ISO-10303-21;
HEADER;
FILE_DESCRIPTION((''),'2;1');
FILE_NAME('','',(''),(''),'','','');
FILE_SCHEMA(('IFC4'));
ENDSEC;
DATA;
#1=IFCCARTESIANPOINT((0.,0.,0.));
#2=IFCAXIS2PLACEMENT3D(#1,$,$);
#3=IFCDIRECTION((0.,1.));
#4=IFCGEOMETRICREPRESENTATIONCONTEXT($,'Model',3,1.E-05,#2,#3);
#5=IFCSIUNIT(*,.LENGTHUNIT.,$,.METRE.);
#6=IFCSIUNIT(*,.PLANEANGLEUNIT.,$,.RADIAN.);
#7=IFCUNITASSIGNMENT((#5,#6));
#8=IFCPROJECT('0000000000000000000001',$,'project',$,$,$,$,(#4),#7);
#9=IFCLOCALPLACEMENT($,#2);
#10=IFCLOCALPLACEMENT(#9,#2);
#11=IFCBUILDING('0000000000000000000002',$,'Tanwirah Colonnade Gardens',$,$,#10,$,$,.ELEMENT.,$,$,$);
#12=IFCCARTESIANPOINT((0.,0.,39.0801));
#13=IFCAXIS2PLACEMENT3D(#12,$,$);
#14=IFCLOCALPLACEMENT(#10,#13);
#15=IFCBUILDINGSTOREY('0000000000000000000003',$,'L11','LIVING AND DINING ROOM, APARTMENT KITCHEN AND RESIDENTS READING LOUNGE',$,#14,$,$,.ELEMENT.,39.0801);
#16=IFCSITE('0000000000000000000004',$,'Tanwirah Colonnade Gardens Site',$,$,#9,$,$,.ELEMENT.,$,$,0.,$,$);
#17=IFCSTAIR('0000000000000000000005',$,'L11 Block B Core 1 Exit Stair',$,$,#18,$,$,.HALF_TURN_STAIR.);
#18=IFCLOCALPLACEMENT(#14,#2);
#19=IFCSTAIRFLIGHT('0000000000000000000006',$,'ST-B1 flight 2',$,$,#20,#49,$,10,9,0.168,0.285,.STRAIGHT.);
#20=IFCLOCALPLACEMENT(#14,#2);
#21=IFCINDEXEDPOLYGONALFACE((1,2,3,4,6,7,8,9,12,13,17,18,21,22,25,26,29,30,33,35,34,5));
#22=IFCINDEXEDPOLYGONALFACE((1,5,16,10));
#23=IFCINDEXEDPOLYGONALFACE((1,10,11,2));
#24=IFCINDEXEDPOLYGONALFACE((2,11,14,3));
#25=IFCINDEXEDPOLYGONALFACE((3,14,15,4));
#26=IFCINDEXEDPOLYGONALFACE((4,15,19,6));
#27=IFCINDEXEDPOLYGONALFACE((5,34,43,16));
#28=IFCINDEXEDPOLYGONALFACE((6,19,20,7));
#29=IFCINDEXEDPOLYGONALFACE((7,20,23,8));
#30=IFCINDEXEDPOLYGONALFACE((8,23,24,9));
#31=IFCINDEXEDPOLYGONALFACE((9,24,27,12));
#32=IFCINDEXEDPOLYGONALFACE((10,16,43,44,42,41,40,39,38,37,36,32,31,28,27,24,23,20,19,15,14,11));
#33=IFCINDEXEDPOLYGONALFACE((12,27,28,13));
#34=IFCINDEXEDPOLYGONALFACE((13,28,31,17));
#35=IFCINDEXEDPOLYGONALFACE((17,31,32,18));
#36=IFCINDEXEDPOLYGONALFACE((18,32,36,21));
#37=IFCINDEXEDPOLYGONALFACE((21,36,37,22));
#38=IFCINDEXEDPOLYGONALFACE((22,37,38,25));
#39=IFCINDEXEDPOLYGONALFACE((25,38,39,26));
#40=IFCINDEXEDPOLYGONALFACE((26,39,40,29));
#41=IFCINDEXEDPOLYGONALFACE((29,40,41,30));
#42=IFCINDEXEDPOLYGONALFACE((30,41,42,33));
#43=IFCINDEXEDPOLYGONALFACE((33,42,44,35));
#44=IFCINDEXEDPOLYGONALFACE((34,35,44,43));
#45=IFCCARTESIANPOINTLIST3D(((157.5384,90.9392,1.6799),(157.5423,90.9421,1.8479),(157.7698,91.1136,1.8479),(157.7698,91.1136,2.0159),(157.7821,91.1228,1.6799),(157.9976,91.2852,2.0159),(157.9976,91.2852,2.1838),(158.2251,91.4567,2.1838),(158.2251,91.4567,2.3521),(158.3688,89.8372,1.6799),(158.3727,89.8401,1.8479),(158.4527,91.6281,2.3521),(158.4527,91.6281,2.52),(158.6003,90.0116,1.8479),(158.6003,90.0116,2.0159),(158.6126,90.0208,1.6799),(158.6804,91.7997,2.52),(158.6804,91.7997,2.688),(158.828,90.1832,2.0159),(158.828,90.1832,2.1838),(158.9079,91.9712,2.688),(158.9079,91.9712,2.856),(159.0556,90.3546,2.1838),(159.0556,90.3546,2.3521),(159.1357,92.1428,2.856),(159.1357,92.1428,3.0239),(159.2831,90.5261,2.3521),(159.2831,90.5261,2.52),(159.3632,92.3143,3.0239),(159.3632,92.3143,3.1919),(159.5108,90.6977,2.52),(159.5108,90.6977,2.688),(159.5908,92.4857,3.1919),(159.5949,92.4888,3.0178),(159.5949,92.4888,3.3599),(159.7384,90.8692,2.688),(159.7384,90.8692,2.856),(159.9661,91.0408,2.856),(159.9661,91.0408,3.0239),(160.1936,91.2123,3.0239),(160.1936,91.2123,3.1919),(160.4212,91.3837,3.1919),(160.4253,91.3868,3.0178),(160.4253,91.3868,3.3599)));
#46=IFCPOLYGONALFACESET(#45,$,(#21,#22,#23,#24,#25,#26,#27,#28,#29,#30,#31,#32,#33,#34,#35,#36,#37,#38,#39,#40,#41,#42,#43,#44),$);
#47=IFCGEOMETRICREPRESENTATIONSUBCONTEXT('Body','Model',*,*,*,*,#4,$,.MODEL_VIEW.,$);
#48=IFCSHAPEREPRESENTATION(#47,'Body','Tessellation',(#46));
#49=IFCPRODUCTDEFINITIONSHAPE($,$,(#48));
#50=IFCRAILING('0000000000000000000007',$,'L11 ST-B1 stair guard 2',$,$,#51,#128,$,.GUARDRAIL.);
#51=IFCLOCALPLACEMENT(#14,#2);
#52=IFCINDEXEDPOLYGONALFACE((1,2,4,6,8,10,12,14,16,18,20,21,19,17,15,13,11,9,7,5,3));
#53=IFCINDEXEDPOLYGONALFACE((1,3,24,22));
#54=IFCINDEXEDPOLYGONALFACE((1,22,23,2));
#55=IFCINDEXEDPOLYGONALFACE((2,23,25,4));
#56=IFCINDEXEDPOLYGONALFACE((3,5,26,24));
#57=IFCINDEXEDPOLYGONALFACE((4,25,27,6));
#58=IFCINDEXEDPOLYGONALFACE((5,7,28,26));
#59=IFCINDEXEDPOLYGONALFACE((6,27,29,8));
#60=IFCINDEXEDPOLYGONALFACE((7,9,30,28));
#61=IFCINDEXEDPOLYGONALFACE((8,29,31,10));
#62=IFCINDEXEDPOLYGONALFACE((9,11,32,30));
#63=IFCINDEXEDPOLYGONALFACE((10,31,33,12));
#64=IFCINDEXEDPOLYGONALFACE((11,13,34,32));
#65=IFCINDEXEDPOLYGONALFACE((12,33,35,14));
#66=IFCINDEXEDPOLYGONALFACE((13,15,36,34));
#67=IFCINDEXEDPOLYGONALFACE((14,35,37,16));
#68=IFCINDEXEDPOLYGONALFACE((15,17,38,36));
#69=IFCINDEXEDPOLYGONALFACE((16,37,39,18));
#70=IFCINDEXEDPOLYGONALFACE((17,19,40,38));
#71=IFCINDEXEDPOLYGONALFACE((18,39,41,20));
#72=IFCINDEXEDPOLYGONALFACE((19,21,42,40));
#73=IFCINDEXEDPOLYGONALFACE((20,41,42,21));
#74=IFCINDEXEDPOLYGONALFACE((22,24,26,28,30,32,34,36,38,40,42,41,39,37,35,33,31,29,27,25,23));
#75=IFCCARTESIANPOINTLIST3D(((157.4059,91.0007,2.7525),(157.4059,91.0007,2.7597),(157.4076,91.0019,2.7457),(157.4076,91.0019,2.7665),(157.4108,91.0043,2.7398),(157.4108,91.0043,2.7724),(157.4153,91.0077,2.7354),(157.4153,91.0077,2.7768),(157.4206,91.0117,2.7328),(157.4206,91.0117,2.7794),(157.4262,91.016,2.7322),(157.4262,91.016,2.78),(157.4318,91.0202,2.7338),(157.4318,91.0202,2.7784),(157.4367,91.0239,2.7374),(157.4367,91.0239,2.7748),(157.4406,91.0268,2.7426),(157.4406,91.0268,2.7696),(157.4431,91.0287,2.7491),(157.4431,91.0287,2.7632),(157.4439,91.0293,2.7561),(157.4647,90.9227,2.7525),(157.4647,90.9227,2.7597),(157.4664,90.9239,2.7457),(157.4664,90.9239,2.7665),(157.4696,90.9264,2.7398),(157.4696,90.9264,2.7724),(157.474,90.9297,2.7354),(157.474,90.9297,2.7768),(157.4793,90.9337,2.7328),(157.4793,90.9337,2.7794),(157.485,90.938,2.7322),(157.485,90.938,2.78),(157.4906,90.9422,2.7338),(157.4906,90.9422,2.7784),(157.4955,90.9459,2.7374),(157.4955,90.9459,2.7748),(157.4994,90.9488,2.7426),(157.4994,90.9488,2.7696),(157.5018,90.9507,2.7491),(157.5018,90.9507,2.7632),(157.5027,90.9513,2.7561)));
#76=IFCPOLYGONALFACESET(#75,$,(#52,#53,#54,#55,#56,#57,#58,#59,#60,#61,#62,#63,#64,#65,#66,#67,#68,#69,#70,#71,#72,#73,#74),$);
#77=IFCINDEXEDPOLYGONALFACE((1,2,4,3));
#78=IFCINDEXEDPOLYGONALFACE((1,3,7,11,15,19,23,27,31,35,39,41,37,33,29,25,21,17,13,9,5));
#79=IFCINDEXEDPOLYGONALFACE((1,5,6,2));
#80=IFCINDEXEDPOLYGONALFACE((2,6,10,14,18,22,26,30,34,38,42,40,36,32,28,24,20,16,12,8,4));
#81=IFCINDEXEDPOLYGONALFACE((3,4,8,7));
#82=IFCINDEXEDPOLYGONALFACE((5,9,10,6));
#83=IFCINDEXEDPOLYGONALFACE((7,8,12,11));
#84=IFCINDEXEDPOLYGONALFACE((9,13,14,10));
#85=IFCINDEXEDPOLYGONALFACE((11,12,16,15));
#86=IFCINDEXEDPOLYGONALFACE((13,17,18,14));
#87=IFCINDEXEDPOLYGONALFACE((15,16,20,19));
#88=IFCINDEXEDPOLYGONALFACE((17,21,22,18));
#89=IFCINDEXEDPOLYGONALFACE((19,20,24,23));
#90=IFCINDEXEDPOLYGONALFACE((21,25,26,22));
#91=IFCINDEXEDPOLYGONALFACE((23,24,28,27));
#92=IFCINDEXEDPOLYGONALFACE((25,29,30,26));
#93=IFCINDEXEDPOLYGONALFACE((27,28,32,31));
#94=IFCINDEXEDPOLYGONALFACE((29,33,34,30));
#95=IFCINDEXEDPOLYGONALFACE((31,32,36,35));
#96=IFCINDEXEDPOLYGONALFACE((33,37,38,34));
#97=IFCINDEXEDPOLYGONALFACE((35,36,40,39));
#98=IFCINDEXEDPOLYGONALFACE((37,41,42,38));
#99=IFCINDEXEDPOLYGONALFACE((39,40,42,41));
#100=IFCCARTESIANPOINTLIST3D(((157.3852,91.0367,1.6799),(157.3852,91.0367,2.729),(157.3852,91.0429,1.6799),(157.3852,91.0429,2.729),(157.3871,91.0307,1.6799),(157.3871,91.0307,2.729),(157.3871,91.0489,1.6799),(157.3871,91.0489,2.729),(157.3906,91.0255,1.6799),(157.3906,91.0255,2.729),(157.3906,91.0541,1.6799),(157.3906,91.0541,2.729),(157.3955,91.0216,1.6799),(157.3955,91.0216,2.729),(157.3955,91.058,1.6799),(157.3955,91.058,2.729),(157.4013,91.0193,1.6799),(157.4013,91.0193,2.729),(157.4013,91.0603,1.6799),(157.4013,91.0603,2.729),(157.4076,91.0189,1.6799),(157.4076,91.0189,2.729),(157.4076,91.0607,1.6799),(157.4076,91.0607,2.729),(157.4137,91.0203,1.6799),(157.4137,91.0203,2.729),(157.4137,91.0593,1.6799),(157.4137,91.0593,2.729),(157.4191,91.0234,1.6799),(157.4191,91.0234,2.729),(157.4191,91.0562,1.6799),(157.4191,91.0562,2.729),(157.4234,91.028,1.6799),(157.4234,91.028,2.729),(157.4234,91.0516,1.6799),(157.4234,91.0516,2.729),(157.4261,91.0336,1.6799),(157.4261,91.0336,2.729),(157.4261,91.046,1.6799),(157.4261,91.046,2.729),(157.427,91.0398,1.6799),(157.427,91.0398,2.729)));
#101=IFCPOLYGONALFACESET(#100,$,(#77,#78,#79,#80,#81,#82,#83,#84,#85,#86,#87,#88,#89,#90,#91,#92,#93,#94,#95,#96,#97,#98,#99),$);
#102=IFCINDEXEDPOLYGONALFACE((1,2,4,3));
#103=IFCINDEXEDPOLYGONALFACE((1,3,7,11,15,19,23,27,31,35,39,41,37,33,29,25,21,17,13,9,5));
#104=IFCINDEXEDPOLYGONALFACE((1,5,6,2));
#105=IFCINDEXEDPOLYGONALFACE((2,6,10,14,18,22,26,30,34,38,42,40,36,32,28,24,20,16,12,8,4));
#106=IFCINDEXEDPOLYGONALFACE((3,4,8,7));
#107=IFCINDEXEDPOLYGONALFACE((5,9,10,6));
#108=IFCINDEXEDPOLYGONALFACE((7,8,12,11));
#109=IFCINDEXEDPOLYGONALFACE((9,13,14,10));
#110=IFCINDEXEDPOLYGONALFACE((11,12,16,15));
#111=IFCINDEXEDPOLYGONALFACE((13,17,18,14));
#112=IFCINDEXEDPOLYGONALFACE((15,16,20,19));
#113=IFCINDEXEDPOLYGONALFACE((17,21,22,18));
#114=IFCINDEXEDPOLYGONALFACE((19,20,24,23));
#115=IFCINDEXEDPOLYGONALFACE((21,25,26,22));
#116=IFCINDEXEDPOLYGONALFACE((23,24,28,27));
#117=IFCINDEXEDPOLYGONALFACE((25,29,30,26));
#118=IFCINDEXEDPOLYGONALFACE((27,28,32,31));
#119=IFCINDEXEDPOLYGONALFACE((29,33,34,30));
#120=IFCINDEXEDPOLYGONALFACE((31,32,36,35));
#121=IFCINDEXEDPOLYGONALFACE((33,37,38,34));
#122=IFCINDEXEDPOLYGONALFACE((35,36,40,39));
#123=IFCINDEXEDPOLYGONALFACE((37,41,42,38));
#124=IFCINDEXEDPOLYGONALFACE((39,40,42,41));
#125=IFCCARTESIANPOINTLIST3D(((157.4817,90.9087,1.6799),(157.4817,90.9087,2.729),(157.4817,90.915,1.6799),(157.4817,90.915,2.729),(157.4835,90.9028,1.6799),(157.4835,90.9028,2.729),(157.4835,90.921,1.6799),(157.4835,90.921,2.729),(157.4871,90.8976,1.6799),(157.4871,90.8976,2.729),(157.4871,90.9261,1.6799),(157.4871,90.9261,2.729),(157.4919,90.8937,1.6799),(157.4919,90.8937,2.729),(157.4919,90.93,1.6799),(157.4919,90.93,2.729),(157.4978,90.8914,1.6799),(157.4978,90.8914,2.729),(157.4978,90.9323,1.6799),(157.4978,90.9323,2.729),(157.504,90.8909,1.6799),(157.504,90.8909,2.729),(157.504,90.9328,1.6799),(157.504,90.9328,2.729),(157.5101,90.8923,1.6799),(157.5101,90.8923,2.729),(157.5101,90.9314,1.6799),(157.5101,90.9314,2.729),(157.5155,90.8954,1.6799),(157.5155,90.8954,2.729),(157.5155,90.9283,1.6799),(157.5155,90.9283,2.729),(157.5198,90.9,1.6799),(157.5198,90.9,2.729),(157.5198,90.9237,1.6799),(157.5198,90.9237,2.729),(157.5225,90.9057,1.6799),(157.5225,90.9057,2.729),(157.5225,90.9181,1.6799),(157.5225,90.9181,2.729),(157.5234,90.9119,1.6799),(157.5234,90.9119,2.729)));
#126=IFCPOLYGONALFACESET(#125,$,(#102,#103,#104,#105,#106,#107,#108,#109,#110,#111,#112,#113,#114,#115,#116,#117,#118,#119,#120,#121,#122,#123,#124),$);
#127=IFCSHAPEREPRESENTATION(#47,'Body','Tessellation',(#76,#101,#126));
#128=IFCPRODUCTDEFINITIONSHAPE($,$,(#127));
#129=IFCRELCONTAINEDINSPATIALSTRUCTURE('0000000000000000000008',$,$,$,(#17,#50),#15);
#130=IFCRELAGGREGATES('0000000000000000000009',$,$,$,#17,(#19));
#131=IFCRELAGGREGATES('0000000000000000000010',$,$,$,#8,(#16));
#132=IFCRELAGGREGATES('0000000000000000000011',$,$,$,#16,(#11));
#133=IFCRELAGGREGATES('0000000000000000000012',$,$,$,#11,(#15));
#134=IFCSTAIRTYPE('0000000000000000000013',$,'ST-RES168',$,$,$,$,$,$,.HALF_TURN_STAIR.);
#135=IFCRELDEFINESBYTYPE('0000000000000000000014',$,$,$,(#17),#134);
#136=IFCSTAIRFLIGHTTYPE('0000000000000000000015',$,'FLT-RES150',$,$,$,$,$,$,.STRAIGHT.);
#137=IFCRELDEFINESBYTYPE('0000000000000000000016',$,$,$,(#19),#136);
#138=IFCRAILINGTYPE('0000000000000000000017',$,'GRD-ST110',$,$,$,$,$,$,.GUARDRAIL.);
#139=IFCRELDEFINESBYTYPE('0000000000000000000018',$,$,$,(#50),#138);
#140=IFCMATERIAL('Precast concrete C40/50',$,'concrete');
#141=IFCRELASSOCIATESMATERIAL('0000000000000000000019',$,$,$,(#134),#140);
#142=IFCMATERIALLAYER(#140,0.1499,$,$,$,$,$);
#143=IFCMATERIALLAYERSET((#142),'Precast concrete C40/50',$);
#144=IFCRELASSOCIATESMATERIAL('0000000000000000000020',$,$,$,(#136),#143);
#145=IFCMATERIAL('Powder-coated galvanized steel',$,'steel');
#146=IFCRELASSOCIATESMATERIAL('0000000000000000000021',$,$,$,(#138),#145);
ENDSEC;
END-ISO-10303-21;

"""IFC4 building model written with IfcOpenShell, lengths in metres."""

from ifc_helpers import new_model, si_unit, direction, frame, origin, origin_2d, place, context, subcontext, project, spatial, polyline, circle, outline, extrude, material, layer, layer_set, type_object, element, aggregate, save


model = new_model("IFC4")

# Units and contexts
model_context = context("Model", 3, precision=1e-05, world=origin(), true_north=direction((0.0, 1.0)))
body_context = subcontext(model_context, "Body", "Model", "MODEL_VIEW")
ifc_project = project(units=[si_unit("LENGTHUNIT", "METRE"), si_unit("PLANEANGLEUNIT", "RADIAN")], contexts=[model_context])

# Site, building, storey
site_placement = place(None, origin())
site = spatial("IfcSite", under=ifc_project, at=site_placement, Name="Tanwirah Colonnade Gardens Site", CompositionType="ELEMENT", RefElevation=0.0)
building_placement = place(site_placement, origin())
building = spatial("IfcBuilding", under=site, at=building_placement, Name="Tanwirah Colonnade Gardens", CompositionType="ELEMENT")
storey_placement = place(building_placement, frame((0.0, 0.0, 39.0801)))
storey = spatial("IfcBuildingStorey", under=building, at=storey_placement, Name="L11", Description="LIVING AND DINING ROOM, APARTMENT KITCHEN AND RESIDENTS READING LOUNGE", CompositionType="ELEMENT", Elevation=39.0801)

# Shared definitions
ifc_material_1 = material(Name="Precast concrete C40/50", Category="concrete")

# Stair, stair flight
stair_type = type_object("IfcStairType", Name="ST-RES168", PredefinedType="HALF_TURN_STAIR", material=ifc_material_1)
stair_placement = place(storey_placement, origin())
stair = element("IfcStair", 1, at=stair_placement, inside=storey, type_object=stair_type, Name="L11 Block B Core 1 Exit Stair", PredefinedType="HALF_TURN_STAIR")
ifc_layer_1 = layer(ifc_material_1, 0.1499)
ifc_layer_set_1 = layer_set([ifc_layer_1], Name="Precast concrete C40/50")
stair_flight_type = type_object("IfcStairFlightType", Name="FLT-RES150", PredefinedType="STRAIGHT", material=ifc_layer_set_1)
stair_flight_placement = place(storey_placement, frame((157.9575, 90.3911, 1.6799), z_axis=(0.0, 0.0, 1.0), x_axis=(0.798636, 0.601815, 0.0)))
stair_flight = element("IfcStairFlight", 2, at=stair_flight_placement, type_object=stair_flight_type, Name="ST-B1 flight 2", NumberOfRisers=10, NumberOfTreads=9, PredefinedType="STRAIGHT", RiserHeight=0.168, TreadLength=0.285, context=body_context, shape_type="SweptSolid", body=[
    extrude(outline(polyline([(-0.0049, 0.0), (0.0, 0.168), (0.2849, 0.168), (0.2849, 0.3359), (0.5701, 0.3359), (0.5701, 0.5039), (0.855, 0.5039), (0.855, 0.6721), (1.1399, 0.6721), (1.1399, 0.8401), (1.425, 0.8401), (1.425, 1.0081), (1.71, 1.0081), (1.71, 1.176), (1.9951, 1.176), (1.9951, 1.344), (2.28, 1.344), (2.28, 1.512), (2.5649, 1.512), (2.5701, 1.6799), (2.5701, 1.3379), (0.3003, 0.0), (-0.0049, 0.0)])), frame((0.0, 0.6899, 0.0), z_axis=(0.0, -1.0, 0.0), x_axis=(1.0, 0.0, 0.0)), (0.0, 0.0, 1.0), 1.3799),
])
aggregate(stair, [stair_flight])

# Railing
ifc_material_2 = material(Name="Powder-coated galvanized steel", Category="steel")
railing_type_1 = type_object("IfcRailingType", Name="GRD-ST110", PredefinedType="GUARDRAIL", material=ifc_material_2)
railing_1_placement = place(storey_placement, frame((157.406, 91.0398, 1.6799)))
element("IfcRailing", 3, at=railing_1_placement, inside=storey, type_object=railing_type_1, Name="L11 ST-B1 stair guard 2", PredefinedType="GUARDRAIL", context=body_context, shape_type="SweptSolid", body=[
    extrude(circle(Radius=0.0239, at=origin_2d()), frame((0.0188, -0.0249, 1.0762), z_axis=(0.601949, -0.798535, 0.0), x_axis=(0.798535, 0.601949, 0.0)), (0.0, 0.0, 1.0), 0.0977),
    extrude(circle(Radius=0.021, at=origin_2d()), origin(), (0.0, 0.0, 1.0), 1.0491),
    extrude(circle(Radius=0.021, at=origin_2d()), frame((0.0964, -0.1279, 0.0)), (0.0, 0.0, 1.0), 1.0491),
])

save(model, "model.ifc")
